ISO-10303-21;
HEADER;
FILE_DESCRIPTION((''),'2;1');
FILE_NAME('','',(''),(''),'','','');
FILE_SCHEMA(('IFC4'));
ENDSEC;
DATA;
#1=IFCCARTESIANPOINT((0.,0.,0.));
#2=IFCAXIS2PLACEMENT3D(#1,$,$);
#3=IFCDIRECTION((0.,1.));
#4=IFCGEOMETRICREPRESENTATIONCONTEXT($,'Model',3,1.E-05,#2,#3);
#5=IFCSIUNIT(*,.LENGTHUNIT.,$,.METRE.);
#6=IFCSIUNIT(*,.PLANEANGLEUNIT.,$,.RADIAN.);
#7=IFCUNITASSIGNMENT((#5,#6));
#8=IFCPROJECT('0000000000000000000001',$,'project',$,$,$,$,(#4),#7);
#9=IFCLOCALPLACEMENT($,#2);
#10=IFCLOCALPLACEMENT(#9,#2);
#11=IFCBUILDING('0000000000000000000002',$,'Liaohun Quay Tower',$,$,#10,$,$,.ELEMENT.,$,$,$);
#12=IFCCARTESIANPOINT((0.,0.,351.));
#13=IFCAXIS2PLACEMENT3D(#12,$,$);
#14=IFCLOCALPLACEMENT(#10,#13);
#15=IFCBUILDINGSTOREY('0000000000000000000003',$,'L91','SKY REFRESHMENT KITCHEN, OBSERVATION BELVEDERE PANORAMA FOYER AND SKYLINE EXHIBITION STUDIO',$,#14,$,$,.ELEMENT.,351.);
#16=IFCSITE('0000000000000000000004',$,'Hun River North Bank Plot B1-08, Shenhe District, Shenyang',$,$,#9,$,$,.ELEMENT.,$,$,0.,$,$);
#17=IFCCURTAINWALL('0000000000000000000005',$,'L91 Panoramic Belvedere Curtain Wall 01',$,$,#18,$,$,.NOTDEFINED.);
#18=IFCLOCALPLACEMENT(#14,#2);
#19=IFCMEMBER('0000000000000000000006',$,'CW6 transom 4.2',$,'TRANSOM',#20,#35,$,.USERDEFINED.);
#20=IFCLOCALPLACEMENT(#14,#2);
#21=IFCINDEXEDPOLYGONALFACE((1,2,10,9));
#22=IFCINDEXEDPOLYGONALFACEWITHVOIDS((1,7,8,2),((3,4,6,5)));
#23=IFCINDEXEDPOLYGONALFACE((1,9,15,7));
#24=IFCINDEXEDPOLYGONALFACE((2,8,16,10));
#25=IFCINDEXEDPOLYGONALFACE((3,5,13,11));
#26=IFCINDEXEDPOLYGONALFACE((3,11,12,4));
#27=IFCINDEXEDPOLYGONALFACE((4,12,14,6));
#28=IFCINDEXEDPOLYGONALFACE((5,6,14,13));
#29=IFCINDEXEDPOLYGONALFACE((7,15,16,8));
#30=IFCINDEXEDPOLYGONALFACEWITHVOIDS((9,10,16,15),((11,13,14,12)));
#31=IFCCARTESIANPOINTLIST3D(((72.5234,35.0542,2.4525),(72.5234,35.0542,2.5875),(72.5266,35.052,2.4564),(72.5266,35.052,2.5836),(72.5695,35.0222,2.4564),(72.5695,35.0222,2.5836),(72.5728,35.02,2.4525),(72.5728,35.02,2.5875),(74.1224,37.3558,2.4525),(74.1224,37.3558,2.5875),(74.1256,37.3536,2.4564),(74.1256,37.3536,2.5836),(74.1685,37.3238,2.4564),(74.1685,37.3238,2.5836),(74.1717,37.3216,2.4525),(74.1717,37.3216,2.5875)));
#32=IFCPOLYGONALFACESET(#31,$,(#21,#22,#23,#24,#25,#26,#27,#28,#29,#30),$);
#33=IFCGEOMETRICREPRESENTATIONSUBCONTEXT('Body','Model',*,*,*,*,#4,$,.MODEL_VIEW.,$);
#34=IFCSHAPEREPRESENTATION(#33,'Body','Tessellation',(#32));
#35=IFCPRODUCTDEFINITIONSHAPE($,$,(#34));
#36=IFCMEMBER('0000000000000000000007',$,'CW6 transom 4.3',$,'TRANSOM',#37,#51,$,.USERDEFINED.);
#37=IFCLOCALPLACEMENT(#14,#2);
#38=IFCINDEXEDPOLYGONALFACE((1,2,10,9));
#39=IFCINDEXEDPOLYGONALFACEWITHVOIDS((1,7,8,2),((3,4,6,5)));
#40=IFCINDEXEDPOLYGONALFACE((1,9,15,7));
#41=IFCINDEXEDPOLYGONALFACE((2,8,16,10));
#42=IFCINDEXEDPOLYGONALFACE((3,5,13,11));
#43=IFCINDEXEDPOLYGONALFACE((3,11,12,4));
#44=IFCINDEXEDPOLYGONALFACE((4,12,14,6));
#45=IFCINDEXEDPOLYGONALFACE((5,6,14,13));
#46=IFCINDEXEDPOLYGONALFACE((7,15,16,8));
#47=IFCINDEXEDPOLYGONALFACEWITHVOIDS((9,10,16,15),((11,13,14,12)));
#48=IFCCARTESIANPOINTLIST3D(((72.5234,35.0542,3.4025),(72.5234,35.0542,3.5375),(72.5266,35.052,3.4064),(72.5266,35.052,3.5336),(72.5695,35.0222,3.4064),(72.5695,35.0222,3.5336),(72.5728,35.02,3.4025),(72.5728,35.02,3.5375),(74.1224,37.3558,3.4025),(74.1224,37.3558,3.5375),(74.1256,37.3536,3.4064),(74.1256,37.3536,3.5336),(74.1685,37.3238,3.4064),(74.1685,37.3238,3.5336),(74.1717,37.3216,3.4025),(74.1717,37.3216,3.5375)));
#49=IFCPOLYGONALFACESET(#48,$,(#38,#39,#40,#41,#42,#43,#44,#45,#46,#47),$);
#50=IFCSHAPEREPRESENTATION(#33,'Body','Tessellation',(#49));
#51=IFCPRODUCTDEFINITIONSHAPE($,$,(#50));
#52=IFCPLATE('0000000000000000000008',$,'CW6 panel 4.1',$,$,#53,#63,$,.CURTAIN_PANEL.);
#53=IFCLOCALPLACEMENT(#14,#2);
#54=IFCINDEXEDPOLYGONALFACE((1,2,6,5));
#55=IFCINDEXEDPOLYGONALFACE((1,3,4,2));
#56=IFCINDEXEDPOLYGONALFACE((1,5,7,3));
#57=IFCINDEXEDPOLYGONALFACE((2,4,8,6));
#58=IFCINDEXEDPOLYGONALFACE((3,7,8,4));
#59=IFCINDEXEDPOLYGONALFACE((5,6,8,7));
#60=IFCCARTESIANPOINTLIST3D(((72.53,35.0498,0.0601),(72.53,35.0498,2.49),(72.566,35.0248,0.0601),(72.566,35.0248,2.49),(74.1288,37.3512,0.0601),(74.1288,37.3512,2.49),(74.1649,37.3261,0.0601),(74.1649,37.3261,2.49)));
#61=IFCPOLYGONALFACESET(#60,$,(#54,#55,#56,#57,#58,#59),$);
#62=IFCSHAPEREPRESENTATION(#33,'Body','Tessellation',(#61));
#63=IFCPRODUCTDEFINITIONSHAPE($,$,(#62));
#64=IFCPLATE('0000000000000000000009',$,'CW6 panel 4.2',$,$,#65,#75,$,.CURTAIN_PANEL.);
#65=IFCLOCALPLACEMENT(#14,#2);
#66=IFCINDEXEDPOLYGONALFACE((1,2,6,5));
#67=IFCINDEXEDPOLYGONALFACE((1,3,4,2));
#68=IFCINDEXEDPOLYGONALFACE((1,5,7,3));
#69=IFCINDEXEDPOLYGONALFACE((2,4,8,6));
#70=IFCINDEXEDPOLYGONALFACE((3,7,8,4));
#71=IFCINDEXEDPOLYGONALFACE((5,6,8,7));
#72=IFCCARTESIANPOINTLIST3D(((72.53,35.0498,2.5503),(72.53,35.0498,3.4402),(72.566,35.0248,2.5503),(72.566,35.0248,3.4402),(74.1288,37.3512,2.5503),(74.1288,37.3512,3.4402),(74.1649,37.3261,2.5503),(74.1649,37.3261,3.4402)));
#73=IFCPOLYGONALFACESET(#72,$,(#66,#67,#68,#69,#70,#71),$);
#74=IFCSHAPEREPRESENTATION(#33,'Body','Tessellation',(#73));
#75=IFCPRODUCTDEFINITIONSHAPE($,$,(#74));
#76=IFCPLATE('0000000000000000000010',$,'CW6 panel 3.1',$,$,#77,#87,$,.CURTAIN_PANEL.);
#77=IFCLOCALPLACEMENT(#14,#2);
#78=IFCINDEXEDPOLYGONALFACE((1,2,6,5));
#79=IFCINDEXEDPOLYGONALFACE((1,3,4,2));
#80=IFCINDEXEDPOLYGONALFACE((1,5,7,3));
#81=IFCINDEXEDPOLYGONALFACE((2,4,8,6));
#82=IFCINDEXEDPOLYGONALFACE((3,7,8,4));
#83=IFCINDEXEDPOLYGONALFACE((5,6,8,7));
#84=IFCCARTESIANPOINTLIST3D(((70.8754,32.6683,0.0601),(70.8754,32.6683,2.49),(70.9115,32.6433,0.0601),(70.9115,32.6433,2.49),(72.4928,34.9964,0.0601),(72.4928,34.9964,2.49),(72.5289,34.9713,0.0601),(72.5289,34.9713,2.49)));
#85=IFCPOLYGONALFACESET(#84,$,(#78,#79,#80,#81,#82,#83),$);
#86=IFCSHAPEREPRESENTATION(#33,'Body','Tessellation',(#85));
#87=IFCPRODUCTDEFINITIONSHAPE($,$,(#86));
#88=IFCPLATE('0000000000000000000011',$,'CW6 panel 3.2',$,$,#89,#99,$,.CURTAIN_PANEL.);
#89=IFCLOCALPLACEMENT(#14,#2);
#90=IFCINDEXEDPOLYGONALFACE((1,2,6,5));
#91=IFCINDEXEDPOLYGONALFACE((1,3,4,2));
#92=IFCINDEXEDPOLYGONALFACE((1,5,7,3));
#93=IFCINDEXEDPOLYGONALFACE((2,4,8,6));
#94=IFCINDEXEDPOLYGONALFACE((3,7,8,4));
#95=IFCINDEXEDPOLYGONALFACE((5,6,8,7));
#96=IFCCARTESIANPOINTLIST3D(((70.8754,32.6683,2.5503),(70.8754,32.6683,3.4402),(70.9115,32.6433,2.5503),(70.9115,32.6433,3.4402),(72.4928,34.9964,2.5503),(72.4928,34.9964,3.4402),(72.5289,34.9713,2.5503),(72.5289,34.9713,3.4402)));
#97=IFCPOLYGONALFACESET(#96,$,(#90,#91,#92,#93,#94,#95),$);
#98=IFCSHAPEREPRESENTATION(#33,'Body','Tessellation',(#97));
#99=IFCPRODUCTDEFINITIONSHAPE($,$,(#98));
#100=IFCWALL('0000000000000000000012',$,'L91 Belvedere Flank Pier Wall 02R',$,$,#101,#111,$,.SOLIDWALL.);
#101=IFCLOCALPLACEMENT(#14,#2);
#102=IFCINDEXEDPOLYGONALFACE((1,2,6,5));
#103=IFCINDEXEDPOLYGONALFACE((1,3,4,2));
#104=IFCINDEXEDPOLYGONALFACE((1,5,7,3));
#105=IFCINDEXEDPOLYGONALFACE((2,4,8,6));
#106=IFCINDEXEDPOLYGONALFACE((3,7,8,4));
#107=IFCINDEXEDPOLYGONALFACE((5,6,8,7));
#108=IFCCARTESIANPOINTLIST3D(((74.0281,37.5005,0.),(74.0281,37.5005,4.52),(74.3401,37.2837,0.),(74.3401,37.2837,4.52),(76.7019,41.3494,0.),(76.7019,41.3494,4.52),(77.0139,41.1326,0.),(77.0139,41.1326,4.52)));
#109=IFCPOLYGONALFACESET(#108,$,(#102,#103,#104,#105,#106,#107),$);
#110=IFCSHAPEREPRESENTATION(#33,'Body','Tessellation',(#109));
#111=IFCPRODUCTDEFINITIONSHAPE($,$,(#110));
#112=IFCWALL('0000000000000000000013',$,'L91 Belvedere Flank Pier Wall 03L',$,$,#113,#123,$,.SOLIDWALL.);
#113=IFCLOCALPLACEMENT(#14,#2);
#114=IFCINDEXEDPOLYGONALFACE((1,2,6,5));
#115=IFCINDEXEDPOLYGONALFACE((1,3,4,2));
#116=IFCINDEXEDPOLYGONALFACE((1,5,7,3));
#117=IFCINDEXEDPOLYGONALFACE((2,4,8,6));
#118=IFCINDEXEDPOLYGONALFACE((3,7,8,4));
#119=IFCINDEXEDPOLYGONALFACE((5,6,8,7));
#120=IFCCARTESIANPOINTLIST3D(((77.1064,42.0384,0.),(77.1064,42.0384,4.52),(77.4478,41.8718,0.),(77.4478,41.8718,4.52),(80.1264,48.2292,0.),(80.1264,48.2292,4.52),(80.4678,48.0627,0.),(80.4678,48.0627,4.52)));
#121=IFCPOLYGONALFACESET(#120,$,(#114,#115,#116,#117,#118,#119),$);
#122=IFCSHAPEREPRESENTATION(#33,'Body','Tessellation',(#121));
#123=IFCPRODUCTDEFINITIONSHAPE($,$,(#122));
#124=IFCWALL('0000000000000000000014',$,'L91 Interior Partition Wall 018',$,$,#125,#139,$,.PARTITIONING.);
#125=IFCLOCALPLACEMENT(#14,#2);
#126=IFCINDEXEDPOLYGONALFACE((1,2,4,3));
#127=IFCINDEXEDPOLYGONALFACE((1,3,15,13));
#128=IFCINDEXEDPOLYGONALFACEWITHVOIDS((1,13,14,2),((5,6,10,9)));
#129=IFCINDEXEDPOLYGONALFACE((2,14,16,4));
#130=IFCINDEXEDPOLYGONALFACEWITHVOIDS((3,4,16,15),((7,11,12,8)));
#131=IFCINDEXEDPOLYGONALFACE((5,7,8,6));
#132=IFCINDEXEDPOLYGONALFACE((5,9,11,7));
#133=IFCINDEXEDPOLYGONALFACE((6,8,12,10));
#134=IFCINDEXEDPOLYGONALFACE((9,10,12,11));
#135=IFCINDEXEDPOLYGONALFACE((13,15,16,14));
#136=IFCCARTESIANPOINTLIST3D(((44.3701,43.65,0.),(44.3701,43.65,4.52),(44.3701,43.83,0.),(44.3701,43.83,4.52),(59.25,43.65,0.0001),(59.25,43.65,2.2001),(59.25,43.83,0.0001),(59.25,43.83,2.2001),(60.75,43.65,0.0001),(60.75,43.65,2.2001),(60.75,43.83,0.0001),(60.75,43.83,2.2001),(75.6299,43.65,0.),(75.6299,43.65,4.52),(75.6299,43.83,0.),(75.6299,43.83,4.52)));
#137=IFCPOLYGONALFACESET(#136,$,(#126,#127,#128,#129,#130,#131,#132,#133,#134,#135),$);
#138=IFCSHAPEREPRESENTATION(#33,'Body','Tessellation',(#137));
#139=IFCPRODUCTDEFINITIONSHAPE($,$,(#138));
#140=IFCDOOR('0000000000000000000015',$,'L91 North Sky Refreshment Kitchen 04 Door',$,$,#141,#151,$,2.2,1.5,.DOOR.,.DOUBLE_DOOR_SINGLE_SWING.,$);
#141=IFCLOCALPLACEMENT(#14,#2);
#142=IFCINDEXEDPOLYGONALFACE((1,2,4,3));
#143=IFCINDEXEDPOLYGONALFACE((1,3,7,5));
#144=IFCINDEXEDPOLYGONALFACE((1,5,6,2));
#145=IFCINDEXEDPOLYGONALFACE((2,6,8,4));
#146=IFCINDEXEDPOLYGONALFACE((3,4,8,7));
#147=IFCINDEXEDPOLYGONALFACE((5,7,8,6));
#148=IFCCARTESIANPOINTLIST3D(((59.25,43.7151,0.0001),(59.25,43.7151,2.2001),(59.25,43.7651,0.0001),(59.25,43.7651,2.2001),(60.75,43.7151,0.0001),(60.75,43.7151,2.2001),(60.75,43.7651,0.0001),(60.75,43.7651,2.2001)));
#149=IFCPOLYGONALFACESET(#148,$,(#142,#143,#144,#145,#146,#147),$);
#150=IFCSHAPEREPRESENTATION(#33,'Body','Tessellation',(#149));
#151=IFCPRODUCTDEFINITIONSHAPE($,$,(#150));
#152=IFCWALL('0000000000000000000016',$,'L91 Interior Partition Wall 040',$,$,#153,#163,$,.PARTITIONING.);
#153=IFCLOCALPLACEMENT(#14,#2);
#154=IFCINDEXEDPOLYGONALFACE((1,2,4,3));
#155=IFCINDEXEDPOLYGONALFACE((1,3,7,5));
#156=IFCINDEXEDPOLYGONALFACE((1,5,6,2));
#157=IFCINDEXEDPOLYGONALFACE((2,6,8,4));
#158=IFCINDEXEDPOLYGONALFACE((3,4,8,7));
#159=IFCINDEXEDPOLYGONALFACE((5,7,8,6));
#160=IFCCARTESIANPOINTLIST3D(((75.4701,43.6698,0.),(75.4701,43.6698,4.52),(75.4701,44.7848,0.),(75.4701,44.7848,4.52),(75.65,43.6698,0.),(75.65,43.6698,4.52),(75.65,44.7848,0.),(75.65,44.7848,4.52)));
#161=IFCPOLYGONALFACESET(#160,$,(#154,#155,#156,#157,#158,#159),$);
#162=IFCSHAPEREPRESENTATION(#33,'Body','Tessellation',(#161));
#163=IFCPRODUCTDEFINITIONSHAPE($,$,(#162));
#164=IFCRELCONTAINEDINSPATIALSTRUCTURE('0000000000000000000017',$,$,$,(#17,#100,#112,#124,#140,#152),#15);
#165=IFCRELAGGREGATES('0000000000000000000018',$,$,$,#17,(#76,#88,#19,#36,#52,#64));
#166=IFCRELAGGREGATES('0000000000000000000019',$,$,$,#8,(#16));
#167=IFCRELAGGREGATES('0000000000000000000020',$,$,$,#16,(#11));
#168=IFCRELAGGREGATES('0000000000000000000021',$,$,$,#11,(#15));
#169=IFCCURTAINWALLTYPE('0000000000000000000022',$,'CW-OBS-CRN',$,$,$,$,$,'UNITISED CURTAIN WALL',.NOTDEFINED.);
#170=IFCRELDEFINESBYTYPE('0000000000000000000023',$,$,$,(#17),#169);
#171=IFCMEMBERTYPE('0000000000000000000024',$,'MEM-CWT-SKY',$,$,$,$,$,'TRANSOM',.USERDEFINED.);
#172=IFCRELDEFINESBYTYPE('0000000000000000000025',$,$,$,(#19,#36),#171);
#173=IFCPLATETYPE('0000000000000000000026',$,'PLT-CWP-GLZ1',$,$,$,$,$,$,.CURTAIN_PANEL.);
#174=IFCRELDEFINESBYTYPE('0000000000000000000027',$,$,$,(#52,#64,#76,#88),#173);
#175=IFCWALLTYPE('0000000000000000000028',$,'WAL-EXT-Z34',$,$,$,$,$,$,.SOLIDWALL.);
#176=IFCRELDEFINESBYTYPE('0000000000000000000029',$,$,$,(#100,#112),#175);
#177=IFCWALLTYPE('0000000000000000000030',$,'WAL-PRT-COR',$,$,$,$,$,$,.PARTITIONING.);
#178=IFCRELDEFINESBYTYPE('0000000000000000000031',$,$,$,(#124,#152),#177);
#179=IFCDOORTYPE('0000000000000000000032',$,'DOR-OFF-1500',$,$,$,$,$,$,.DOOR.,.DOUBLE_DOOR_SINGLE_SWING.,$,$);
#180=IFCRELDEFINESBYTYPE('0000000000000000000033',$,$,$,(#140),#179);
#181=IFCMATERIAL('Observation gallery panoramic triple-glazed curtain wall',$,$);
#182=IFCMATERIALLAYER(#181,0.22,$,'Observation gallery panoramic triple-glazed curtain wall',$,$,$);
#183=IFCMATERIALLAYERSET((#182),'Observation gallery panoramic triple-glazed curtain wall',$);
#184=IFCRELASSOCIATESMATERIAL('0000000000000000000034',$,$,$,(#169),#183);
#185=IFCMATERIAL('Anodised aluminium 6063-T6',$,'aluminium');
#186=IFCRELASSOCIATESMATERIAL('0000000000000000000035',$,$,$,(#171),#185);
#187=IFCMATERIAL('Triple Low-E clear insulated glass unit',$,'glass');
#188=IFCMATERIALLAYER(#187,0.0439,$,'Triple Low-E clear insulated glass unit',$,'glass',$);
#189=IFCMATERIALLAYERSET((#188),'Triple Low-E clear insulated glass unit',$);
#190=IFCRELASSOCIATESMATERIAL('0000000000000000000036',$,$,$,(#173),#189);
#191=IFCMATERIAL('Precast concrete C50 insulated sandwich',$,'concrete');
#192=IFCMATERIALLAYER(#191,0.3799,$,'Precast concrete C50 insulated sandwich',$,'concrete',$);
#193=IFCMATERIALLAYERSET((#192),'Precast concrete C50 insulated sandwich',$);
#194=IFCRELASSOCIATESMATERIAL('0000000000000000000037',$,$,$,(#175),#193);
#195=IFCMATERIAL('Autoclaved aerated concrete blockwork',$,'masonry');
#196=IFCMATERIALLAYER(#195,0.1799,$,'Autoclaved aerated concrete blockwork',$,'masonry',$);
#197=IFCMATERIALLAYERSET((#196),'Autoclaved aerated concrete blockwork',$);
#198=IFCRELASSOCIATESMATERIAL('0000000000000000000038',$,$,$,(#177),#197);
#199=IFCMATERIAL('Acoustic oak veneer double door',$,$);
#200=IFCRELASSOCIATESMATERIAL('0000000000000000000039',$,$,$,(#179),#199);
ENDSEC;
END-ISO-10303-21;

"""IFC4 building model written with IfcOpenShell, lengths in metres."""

from ifc_helpers import new_model, si_unit, direction, frame, frame_2d, origin, origin_2d, place, context, subcontext, project, spatial, rectangle, hollow_rectangle, extrude, source, transform, mapped, material, layer, layer_set, material_profile, profile_set, type_object, element, fill, aggregate, save


model = new_model("IFC4")

# Units and contexts
model_context = context("Model", 3, precision=1e-05, world=origin(), true_north=direction((0.0, 1.0)))
body_context = subcontext(model_context, "Body", "Model", "MODEL_VIEW")
ifc_project = project(units=[si_unit("LENGTHUNIT", "METRE"), si_unit("PLANEANGLEUNIT", "RADIAN")], contexts=[model_context])

# Site, building, storey
site_placement = place(None, origin())
site = spatial("IfcSite", under=ifc_project, at=site_placement, Name="Hun River North Bank Plot B1-08, Shenhe District, Shenyang", CompositionType="ELEMENT", RefElevation=0.0)
building_placement = place(site_placement, origin())
building = spatial("IfcBuilding", under=site, at=building_placement, Name="Liaohun Quay Tower", CompositionType="ELEMENT")
storey_placement = place(building_placement, frame((0.0, 0.0, 351.0)))
storey = spatial("IfcBuildingStorey", under=building, at=storey_placement, Name="L91", Description="SKY REFRESHMENT KITCHEN, OBSERVATION BELVEDERE PANORAMA FOYER AND SKYLINE EXHIBITION STUDIO", CompositionType="ELEMENT", Elevation=351.0)

# Curtain wall, members, plates
ifc_material_1 = material(Name="Observation gallery panoramic triple-glazed curtain wall")
ifc_layer_1 = layer(ifc_material_1, 0.22, Name="Observation gallery panoramic triple-glazed curtain wall")
ifc_layer_set_1 = layer_set([ifc_layer_1], Name="Observation gallery panoramic triple-glazed curtain wall")
curtain_wall_type = type_object("IfcCurtainWallType", Name="CW-OBS-CRN", ElementType="UNITISED CURTAIN WALL", PredefinedType="NOTDEFINED", material=ifc_layer_set_1)
curtain_wall_placement = place(storey_placement, origin())
curtain_wall = element("IfcCurtainWall", 1, at=curtain_wall_placement, inside=storey, type_object=curtain_wall_type, Name="L91 Panoramic Belvedere Curtain Wall 01", PredefinedType="NOTDEFINED")
ifc_material_2 = material(Name="Anodised aluminium 6063-T6", Category="aluminium")
ifc_material_profile_1 = material_profile(ifc_material_2, hollow_rectangle(XDim=0.0601, YDim=0.135, WallThickness=0.0039, at=origin_2d()), Name="RHS135x60x4")
ifc_profile_set_1 = profile_set([ifc_material_profile_1], Name="Anodised aluminium 6063-T6")
member_type_1 = type_object("IfcMemberType", Name="MEM-CWT-SKY", ElementType="TRANSOM", PredefinedType="USERDEFINED", material=ifc_profile_set_1)
shared_shape_1 = source(origin(), body_context, "Body", "SweptSolid", [
    extrude(hollow_rectangle(XDim=0.0601, YDim=0.135, WallThickness=0.0039, at=origin_2d()), origin(), (0.0, 0.0, 1.0), 2.8025),
])
member_1_placement = place(storey_placement, frame((72.5481, 35.0371, 2.52), z_axis=(0.570541, 0.821269, 0.0), x_axis=(-0.821269, 0.570541, 0.0)))
member_1 = element("IfcMember", 2, at=member_1_placement, type_object=member_type_1, Name="CW6 transom 4.2", ObjectType="TRANSOM", PredefinedType="USERDEFINED", context=body_context, shape_type="MappedRepresentation", body=[
    mapped(shared_shape_1, transform((0.0, 0.0, 0.0), x_axis=(1.0, 0.0, 0.0), y_axis=(0.0, 1.0, 0.0), z_axis=(0.0, 0.0, 1.0), scale=1.0)),
])
member_2_placement = place(storey_placement, frame((72.5481, 35.0371, 3.47), z_axis=(0.570541, 0.821269, 0.0), x_axis=(-0.821269, 0.570541, 0.0)))
member_2 = element("IfcMember", 3, at=member_2_placement, type_object=member_type_1, Name="CW6 transom 4.3", ObjectType="TRANSOM", PredefinedType="USERDEFINED", context=body_context, shape_type="MappedRepresentation", body=[
    mapped(shared_shape_1, transform((0.0, 0.0, 0.0), x_axis=(1.0, 0.0, 0.0), y_axis=(0.0, 1.0, 0.0), z_axis=(0.0, 0.0, 1.0), scale=1.0)),
])
ifc_material_3 = material(Name="Triple Low-E clear insulated glass unit", Category="glass")
ifc_layer_2 = layer(ifc_material_3, 0.0439, Name="Triple Low-E clear insulated glass unit", Category="glass")
ifc_layer_set_2 = layer_set([ifc_layer_2], Name="Triple Low-E clear insulated glass unit")
plate_type = type_object("IfcPlateType", Name="PLT-CWP-GLZ1", PredefinedType="CURTAIN_PANEL", material=ifc_layer_set_2)
shared_shape_2 = source(origin(), body_context, "Body", "SweptSolid", [
    extrude(rectangle(XDim=2.8022, YDim=0.0439, at=origin_2d()), origin(), (0.0, 0.0, 1.0), 2.4299),
])
plate_1_placement = place(storey_placement, frame((73.3474, 36.188, 0.0601), z_axis=(0.0, 0.0, 1.0), x_axis=(0.570554, 0.82126, 0.0)))
plate_1 = element("IfcPlate", 4, at=plate_1_placement, type_object=plate_type, Name="CW6 panel 4.1", PredefinedType="CURTAIN_PANEL", context=body_context, shape_type="MappedRepresentation", body=[
    mapped(shared_shape_2, transform((0.0, 0.0, 0.0), x_axis=(1.0, 0.0, 0.0), y_axis=(0.0, 1.0, 0.0), z_axis=(0.0, 0.0, 1.0), scale=1.0)),
])
shared_shape_3 = source(origin(), body_context, "Body", "SweptSolid", [
    extrude(rectangle(XDim=2.8022, YDim=0.0439, at=origin_2d()), origin(), (0.0, 0.0, 1.0), 0.8899),
])
plate_2_placement = place(storey_placement, frame((73.3474, 36.188, 2.5503), z_axis=(0.0, 0.0, 1.0), x_axis=(0.570554, 0.82126, 0.0)))
plate_2 = element("IfcPlate", 5, at=plate_2_placement, type_object=plate_type, Name="CW6 panel 4.2", PredefinedType="CURTAIN_PANEL", context=body_context, shape_type="MappedRepresentation", body=[
    mapped(shared_shape_3, transform((0.0, 0.0, 0.0), x_axis=(1.0, 0.0, 0.0), y_axis=(0.0, 1.0, 0.0), z_axis=(0.0, 0.0, 1.0), scale=1.0)),
])
shared_shape_4 = source(origin(), body_context, "Body", "SweptSolid", [
    extrude(rectangle(XDim=2.8347, YDim=0.0439, at=origin_2d()), origin(), (0.0, 0.0, 1.0), 2.4299),
])
plate_3_placement = place(storey_placement, frame((71.7021, 33.8198, 0.0601), z_axis=(0.0, 0.0, 1.0), x_axis=(0.570554, 0.82126, 0.0)))
plate_3 = element("IfcPlate", 6, at=plate_3_placement, type_object=plate_type, Name="CW6 panel 3.1", PredefinedType="CURTAIN_PANEL", context=body_context, shape_type="MappedRepresentation", body=[
    mapped(shared_shape_4, transform((0.0, 0.0, 0.0), x_axis=(1.0, 0.0, 0.0), y_axis=(0.0, 1.0, 0.0), z_axis=(0.0, 0.0, 1.0), scale=1.0)),
])
shared_shape_5 = source(origin(), body_context, "Body", "SweptSolid", [
    extrude(rectangle(XDim=2.8347, YDim=0.0439, at=origin_2d()), origin(), (0.0, 0.0, 1.0), 0.8899),
])
plate_4_placement = place(storey_placement, frame((71.7021, 33.8198, 2.5503), z_axis=(0.0, 0.0, 1.0), x_axis=(0.570554, 0.82126, 0.0)))
plate_4 = element("IfcPlate", 7, at=plate_4_placement, type_object=plate_type, Name="CW6 panel 3.2", PredefinedType="CURTAIN_PANEL", context=body_context, shape_type="MappedRepresentation", body=[
    mapped(shared_shape_5, transform((0.0, 0.0, 0.0), x_axis=(1.0, 0.0, 0.0), y_axis=(0.0, 1.0, 0.0), z_axis=(0.0, 0.0, 1.0), scale=1.0)),
])
aggregate(curtain_wall, [plate_3, plate_4, member_1, member_2, plate_1, plate_2])

# Walls
ifc_material_4 = material(Name="Precast concrete C50 insulated sandwich", Category="concrete")
ifc_layer_3 = layer(ifc_material_4, 0.3799, Name="Precast concrete C50 insulated sandwich", Category="concrete")
ifc_layer_set_3 = layer_set([ifc_layer_3], Name="Precast concrete C50 insulated sandwich")
wall_type_1 = type_object("IfcWallType", Name="WAL-EXT-Z34", PredefinedType="SOLIDWALL", material=ifc_layer_set_3)
wall_1_placement = place(storey_placement, frame((74.1841, 37.3921, 0.0), z_axis=(0.0, 0.0, 1.0), x_axis=(0.570539, 0.82127, 0.0)))
element("IfcWall", 8, at=wall_1_placement, inside=storey, type_object=wall_type_1, Name="L91 Belvedere Flank Pier Wall 02R", PredefinedType="SOLIDWALL", context=body_context, shape_type="SweptSolid", body=[
    extrude(rectangle(XDim=4.6865, YDim=0.3799, at=frame_2d((2.3433, 0.0))), origin(), (0.0, 0.0, 1.0), 4.52),
])
wall_2_placement = place(storey_placement, frame((77.2771, 41.9551, 0.0), z_axis=(0.0, 0.0, 1.0), x_axis=(0.438431, 0.898765, 0.0)))
element("IfcWall", 9, at=wall_2_placement, inside=storey, type_object=wall_type_1, Name="L91 Belvedere Flank Pier Wall 03L", PredefinedType="SOLIDWALL", context=body_context, shape_type="SweptSolid", body=[
    extrude(rectangle(XDim=6.8882, YDim=0.3799, at=frame_2d((3.4441, 0.0))), origin(), (0.0, 0.0, 1.0), 4.52),
])

# Wall, opening, door
ifc_material_5 = material(Name="Autoclaved aerated concrete blockwork", Category="masonry")
ifc_layer_4 = layer(ifc_material_5, 0.1799, Name="Autoclaved aerated concrete blockwork", Category="masonry")
ifc_layer_set_4 = layer_set([ifc_layer_4], Name="Autoclaved aerated concrete blockwork")
wall_type_2 = type_object("IfcWallType", Name="WAL-PRT-COR", PredefinedType="PARTITIONING", material=ifc_layer_set_4)
wall_3_placement = place(storey_placement, frame((75.6299, 43.74, 0.0), z_axis=(0.0, 0.0, 1.0), x_axis=(-1.0, 0.0, 0.0)))
wall_3 = element("IfcWall", 10, at=wall_3_placement, inside=storey, type_object=wall_type_2, Name="L91 Interior Partition Wall 018", PredefinedType="PARTITIONING", context=body_context, shape_type="SweptSolid", body=[
    extrude(rectangle(XDim=31.2598, YDim=0.1799, at=frame_2d((15.6299, 0.0))), origin(), (0.0, 0.0, 1.0), 4.52),
])
shared_shape_6 = source(origin(), body_context, "Body", "SweptSolid", [
    extrude(rectangle(XDim=1.5, YDim=2.2, at=frame_2d((0.75, 1.1001))), frame((0.0, 0.0999, 0.0), z_axis=(0.0, -1.0, 0.0), x_axis=(1.0, 0.0, 0.0)), (0.0, 0.0, 1.0), 0.2),
])
opening_placement = place(wall_3_placement, frame((14.8799, 0.0, 0.0)))
opening = element("IfcOpeningElement", 11, at=opening_placement, cuts=wall_3, PredefinedType="OPENING", context=body_context, shape_type="MappedRepresentation", body=[
    mapped(shared_shape_6, transform((0.0, 0.0, 0.0), x_axis=(1.0, 0.0, 0.0), y_axis=(0.0, 1.0, 0.0), z_axis=(0.0, 0.0, 1.0), scale=1.0)),
])
ifc_material_6 = material(Name="Acoustic oak veneer double door")
door_type = type_object("IfcDoorType", Name="DOR-OFF-1500", OperationType="DOUBLE_DOOR_SINGLE_SWING", PredefinedType="DOOR", material=ifc_material_6)
shared_shape_7 = source(origin(), body_context, "Body", "SweptSolid", [
    extrude(rectangle(XDim=1.5, YDim=2.2, at=frame_2d((0.75, 1.1001))), frame((0.0, 0.0249, 0.0), z_axis=(0.0, -1.0, 0.0), x_axis=(1.0, 0.0, 0.0)), (0.0, 0.0, 1.0), 0.05),
])
door_placement = place(opening_placement, origin())
door = element("IfcDoor", 12, at=door_placement, inside=storey, type_object=door_type, Name="L91 North Sky Refreshment Kitchen 04 Door", OperationType="DOUBLE_DOOR_SINGLE_SWING", OverallHeight=2.2, OverallWidth=1.5, PredefinedType="DOOR", context=body_context, shape_type="MappedRepresentation", body=[
    mapped(shared_shape_7, transform((0.0, 0.0, 0.0), x_axis=(1.0, 0.0, 0.0), y_axis=(0.0, 1.0, 0.0), z_axis=(0.0, 0.0, 1.0), scale=1.0)),
])
fill(opening, door)

# Wall
wall_4_placement = place(storey_placement, frame((75.5601, 44.7849, 0.0), z_axis=(0.0, 0.0, 1.0), x_axis=(0.0, -1.0, 0.0)))
element("IfcWall", 13, at=wall_4_placement, inside=storey, type_object=wall_type_2, Name="L91 Interior Partition Wall 040", PredefinedType="PARTITIONING", context=body_context, shape_type="SweptSolid", body=[
    extrude(rectangle(XDim=1.115, YDim=0.1799, at=frame_2d((0.5576, 0.0))), origin(), (0.0, 0.0, 1.0), 4.52),
])

save(model, "model.ifc")
